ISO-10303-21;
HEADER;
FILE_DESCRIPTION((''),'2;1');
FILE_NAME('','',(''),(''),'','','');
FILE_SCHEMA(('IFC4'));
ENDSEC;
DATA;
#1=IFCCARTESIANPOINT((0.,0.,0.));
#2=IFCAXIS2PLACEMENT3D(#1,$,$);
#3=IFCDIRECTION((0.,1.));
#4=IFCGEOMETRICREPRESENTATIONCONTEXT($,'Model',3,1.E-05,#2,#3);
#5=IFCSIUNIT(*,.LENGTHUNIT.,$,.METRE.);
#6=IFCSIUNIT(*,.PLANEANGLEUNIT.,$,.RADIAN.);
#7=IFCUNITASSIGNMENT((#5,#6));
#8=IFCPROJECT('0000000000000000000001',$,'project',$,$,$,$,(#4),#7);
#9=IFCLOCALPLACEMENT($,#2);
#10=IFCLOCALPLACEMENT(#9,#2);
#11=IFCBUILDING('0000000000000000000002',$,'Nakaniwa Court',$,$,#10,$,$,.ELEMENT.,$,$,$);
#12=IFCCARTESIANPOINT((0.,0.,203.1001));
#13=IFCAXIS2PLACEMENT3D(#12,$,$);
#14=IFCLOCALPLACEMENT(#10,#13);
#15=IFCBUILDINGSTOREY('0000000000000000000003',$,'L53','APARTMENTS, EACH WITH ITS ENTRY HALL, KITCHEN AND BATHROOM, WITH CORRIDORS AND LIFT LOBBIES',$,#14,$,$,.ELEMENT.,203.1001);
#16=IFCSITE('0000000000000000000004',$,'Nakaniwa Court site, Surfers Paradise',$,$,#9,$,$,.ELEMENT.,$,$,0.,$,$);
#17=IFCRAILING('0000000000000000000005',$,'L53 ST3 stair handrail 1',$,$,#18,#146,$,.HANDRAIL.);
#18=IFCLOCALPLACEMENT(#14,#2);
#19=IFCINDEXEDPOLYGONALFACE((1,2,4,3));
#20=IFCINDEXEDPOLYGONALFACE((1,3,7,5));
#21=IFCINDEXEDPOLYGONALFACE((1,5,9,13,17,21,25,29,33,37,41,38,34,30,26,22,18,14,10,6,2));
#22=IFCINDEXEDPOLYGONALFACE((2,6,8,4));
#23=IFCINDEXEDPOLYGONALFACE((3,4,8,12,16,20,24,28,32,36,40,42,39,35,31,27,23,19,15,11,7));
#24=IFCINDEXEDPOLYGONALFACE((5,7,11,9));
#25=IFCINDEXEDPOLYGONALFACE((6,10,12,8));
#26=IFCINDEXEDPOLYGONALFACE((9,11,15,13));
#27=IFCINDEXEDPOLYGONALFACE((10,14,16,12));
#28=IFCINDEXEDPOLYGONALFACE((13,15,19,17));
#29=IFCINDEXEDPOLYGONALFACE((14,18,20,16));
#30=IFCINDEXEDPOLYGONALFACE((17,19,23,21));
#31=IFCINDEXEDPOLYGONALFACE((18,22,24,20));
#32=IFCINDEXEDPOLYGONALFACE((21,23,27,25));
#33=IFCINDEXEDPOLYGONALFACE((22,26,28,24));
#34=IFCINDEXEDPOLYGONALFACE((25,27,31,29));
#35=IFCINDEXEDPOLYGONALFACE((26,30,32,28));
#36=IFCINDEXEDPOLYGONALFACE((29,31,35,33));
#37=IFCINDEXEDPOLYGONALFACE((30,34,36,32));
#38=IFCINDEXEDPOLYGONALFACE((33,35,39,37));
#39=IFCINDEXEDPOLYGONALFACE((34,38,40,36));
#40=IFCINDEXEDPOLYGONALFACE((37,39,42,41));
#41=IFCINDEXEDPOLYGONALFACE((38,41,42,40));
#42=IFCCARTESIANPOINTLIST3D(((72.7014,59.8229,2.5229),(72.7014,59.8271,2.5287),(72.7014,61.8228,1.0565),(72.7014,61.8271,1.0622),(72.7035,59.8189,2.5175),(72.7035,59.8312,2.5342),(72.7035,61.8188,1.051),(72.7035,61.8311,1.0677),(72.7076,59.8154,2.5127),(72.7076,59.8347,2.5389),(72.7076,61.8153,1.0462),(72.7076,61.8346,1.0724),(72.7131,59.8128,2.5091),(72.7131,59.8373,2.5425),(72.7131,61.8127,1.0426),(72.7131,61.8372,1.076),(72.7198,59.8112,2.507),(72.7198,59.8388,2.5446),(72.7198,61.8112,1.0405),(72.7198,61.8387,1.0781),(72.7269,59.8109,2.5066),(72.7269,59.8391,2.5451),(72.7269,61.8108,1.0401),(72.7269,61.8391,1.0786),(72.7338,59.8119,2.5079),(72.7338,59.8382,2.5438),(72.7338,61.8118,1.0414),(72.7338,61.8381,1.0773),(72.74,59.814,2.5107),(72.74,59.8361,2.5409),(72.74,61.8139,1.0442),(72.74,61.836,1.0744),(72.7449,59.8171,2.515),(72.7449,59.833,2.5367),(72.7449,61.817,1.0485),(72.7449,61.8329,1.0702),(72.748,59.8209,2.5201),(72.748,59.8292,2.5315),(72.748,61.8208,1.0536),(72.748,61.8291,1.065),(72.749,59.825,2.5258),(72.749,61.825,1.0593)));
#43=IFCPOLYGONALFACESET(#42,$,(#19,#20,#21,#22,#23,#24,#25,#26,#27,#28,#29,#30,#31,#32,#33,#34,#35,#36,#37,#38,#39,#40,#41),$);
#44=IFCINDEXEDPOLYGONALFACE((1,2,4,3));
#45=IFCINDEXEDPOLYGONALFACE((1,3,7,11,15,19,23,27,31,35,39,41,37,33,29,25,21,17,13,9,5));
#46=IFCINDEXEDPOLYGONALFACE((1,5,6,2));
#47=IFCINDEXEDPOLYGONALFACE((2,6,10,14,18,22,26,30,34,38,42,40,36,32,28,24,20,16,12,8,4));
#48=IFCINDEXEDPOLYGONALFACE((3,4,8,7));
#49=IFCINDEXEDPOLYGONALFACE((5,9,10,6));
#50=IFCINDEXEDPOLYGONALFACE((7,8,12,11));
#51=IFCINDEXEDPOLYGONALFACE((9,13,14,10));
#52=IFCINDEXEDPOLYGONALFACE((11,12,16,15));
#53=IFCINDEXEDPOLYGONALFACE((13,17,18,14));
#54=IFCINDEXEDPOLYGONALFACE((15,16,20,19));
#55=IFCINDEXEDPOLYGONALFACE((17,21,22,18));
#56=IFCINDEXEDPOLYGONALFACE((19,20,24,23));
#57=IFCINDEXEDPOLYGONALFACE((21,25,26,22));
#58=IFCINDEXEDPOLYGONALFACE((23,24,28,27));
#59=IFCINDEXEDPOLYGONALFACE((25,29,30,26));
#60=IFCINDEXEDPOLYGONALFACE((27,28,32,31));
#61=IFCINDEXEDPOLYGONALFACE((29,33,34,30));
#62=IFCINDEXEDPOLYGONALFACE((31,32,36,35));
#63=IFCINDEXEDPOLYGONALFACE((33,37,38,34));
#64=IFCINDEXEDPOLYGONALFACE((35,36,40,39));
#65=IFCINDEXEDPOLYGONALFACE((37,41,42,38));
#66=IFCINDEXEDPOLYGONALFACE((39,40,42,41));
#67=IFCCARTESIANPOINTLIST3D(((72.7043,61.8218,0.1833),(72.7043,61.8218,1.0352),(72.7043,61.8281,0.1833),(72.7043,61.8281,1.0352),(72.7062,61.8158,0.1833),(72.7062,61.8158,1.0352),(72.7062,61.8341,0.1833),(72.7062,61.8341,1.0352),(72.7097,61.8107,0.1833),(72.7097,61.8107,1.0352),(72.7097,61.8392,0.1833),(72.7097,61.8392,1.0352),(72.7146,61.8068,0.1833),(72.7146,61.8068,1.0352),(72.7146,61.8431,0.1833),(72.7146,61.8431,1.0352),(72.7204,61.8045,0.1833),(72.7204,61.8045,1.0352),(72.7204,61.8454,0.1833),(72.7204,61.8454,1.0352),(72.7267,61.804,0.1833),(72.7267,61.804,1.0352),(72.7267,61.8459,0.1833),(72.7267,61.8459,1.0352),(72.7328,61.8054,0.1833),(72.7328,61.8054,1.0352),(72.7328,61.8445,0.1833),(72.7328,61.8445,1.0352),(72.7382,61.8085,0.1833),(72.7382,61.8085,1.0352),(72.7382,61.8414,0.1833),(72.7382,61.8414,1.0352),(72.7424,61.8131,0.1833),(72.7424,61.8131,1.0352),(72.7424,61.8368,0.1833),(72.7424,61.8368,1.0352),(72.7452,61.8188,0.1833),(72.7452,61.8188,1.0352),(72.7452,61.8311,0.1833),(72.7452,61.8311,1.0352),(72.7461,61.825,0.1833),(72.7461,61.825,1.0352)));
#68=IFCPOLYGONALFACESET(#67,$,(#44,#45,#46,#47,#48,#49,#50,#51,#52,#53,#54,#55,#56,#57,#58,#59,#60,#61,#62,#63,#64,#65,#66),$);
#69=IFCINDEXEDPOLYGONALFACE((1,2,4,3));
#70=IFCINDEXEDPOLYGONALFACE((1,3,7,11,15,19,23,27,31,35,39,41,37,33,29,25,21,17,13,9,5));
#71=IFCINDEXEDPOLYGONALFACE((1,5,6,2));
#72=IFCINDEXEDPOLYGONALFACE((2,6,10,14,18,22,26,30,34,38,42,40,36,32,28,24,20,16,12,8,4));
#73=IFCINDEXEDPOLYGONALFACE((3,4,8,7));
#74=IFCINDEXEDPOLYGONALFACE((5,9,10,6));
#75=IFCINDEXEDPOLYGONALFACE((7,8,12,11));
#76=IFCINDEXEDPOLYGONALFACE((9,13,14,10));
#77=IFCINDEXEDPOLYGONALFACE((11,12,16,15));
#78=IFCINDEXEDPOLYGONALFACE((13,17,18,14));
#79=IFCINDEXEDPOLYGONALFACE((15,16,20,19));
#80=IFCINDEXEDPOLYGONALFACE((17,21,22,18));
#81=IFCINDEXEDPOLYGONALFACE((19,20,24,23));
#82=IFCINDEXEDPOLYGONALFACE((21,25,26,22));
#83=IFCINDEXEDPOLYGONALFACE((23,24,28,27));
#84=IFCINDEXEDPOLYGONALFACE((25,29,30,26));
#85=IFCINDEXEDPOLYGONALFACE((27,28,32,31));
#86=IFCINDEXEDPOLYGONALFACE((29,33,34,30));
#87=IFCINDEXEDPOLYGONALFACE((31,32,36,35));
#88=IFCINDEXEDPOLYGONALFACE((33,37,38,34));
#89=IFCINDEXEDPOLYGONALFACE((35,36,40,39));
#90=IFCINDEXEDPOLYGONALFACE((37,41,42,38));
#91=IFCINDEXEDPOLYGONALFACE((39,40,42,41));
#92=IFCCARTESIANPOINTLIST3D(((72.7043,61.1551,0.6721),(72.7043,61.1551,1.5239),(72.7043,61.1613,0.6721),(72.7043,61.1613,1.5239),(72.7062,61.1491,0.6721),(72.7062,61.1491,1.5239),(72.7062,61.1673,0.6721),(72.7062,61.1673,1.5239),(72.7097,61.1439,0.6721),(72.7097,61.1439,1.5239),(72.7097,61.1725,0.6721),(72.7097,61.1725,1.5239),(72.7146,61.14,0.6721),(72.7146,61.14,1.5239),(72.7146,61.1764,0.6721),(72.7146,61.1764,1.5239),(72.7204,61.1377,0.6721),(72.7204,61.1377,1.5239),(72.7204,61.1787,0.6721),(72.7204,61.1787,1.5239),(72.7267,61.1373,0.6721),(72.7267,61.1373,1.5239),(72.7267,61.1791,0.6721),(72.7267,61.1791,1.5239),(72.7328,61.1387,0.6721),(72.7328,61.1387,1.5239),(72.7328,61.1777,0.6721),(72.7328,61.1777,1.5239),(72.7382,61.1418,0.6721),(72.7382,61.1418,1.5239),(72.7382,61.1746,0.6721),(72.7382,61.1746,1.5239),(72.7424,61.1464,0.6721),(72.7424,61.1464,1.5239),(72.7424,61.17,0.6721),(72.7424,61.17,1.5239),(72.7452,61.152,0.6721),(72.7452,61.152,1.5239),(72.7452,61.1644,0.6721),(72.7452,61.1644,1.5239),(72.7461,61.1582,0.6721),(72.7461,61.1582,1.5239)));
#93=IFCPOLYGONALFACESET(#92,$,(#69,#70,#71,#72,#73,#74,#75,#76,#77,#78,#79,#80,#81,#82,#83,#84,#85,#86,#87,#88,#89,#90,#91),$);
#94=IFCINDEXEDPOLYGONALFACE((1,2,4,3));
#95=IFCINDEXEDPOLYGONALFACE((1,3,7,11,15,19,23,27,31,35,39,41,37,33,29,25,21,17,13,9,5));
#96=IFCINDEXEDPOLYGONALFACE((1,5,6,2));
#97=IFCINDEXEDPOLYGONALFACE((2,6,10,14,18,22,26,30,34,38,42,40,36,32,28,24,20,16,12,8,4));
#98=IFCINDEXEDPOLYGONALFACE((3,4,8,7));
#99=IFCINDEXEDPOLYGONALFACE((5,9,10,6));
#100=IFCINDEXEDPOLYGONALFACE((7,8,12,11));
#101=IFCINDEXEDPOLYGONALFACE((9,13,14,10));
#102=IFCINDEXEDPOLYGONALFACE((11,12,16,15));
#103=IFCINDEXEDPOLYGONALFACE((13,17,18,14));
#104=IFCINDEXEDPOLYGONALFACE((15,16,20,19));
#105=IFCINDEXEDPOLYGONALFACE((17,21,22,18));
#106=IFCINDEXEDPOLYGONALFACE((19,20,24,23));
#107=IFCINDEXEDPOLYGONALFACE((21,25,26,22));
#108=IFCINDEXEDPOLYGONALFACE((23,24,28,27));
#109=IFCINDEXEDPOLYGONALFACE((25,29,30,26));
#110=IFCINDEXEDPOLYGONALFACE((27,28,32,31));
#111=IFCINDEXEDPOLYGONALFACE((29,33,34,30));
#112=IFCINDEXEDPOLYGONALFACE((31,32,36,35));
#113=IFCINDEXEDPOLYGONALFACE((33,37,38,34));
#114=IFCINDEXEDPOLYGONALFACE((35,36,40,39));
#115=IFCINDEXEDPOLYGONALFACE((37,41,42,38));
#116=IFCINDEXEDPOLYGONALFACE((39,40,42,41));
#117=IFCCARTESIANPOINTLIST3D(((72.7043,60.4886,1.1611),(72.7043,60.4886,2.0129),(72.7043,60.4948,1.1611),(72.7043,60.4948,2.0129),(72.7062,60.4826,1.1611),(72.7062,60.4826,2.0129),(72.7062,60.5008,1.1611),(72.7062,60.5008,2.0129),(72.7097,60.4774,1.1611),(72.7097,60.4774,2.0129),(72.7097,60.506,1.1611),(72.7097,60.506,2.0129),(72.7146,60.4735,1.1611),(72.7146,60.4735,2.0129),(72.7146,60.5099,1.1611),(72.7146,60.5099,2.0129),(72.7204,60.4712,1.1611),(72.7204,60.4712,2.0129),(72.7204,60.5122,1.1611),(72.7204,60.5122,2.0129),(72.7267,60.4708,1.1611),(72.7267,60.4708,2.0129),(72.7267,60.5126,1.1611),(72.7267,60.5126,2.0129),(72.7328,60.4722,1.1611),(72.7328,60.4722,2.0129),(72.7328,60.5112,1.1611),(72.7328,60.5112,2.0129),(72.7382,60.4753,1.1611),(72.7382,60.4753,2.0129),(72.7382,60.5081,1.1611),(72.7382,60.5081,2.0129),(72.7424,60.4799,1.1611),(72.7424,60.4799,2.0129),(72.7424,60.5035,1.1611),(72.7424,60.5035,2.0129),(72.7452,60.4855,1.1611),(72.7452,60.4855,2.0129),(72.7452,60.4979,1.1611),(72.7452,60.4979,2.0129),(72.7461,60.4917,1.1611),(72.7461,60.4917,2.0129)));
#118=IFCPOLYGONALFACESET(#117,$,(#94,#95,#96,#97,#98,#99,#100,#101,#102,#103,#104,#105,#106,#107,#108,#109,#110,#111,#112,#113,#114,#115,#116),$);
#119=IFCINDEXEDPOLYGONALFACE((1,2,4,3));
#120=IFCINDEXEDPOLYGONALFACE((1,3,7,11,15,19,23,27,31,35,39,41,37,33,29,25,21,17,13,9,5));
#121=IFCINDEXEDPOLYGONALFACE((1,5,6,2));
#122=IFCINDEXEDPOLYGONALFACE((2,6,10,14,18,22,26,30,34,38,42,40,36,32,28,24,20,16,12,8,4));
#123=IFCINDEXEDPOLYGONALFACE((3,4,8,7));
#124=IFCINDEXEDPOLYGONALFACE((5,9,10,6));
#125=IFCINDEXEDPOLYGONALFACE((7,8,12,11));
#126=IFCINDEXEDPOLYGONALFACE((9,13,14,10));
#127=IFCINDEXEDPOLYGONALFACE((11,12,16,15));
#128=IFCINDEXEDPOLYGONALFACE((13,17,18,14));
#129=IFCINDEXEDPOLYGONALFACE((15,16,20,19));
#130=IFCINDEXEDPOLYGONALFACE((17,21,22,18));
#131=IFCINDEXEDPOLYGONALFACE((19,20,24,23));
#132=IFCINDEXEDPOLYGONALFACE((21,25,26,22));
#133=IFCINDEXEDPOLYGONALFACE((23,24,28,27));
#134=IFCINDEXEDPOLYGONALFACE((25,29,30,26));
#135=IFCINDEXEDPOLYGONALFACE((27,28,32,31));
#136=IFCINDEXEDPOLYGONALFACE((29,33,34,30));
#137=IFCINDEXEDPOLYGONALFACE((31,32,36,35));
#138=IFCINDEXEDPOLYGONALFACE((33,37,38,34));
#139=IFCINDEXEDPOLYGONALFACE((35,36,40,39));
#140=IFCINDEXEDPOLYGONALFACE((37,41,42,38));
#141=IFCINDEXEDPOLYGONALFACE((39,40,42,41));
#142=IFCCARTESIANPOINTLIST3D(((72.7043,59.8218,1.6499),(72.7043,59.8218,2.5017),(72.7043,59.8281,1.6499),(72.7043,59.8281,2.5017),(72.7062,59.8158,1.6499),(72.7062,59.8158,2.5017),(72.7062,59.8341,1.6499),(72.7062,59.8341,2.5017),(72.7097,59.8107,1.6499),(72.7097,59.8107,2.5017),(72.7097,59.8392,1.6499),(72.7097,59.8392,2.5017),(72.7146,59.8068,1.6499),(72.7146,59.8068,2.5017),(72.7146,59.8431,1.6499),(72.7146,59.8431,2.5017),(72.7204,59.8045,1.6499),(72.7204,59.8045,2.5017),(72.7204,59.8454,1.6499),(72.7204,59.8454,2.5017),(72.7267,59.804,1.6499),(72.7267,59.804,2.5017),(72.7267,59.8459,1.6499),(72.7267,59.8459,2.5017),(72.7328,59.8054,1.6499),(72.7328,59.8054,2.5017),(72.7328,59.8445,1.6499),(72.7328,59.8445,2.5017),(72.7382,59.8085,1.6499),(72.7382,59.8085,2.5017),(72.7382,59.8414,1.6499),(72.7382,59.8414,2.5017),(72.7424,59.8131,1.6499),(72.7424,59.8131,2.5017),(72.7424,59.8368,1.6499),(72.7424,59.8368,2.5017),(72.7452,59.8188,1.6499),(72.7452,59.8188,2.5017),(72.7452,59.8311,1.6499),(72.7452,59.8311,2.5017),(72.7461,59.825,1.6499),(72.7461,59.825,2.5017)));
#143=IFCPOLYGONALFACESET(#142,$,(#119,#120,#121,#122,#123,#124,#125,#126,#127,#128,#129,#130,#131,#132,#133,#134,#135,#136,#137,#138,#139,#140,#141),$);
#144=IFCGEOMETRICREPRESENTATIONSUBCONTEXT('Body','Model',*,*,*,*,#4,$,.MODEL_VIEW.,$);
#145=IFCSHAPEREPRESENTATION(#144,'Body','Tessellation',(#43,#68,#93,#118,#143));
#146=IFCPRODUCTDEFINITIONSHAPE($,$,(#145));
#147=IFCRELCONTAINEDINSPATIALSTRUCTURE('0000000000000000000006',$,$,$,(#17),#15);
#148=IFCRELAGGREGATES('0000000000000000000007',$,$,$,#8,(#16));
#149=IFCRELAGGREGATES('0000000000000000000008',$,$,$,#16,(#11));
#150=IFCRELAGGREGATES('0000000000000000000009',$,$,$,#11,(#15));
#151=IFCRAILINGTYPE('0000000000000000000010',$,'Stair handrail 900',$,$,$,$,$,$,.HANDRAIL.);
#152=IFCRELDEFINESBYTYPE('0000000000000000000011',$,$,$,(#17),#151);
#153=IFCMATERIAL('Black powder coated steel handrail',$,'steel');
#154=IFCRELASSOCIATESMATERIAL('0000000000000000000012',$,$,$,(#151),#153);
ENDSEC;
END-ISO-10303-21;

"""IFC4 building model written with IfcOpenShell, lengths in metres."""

from ifc_helpers import new_model, si_unit, direction, frame, origin, origin_2d, place, context, subcontext, project, spatial, circle, extrude, material, type_object, element, save


model = new_model("IFC4")

# Units and contexts
model_context = context("Model", 3, precision=1e-05, world=origin(), true_north=direction((0.0, 1.0)))
body_context = subcontext(model_context, "Body", "Model", "MODEL_VIEW")
ifc_project = project(units=[si_unit("LENGTHUNIT", "METRE"), si_unit("PLANEANGLEUNIT", "RADIAN")], contexts=[model_context])

# Site, building, storey
site_placement = place(None, origin())
site = spatial("IfcSite", under=ifc_project, at=site_placement, Name="Nakaniwa Court site, Surfers Paradise", CompositionType="ELEMENT", RefElevation=0.0)
building_placement = place(site_placement, origin())
building = spatial("IfcBuilding", under=site, at=building_placement, Name="Nakaniwa Court", CompositionType="ELEMENT")
storey_placement = place(building_placement, frame((0.0, 0.0, 203.1001)))
storey = spatial("IfcBuildingStorey", under=building, at=storey_placement, Name="L53", Description="APARTMENTS, EACH WITH ITS ENTRY HALL, KITCHEN AND BATHROOM, WITH CORRIDORS AND LIFT LOBBIES", CompositionType="ELEMENT", Elevation=203.1001)

# Railing
ifc_material_1 = material(Name="Black powder coated steel handrail", Category="steel")
railing_type_1 = type_object("IfcRailingType", Name="Stair handrail 900", PredefinedType="HANDRAIL", material=ifc_material_1)
railing_1_placement = place(storey_placement, frame((72.7251, 61.825, 0.1833)))
element("IfcRailing", 1, at=railing_1_placement, inside=storey, type_object=railing_type_1, Name="L53 ST3 stair handrail 1", PredefinedType="HANDRAIL", context=body_context, shape_type="SweptSolid", body=[
    extrude(circle(Radius=0.0239, at=origin_2d()), frame((0.0, 0.0, 0.876), z_axis=(0.0, -0.806427, 0.591334), x_axis=(1.0, 0.0, 0.0)), (0.0, 0.0, 1.0), 2.48),
    extrude(circle(Radius=0.021, at=origin_2d()), origin(), (0.0, 0.0, 1.0), 0.8518),
    extrude(circle(Radius=0.021, at=origin_2d()), frame((0.0, -0.6667, 0.4888)), (0.0, 0.0, 1.0), 0.8518),
    extrude(circle(Radius=0.021, at=origin_2d()), frame((0.0, -1.3333, 0.9778)), (0.0, 0.0, 1.0), 0.8518),
    extrude(circle(Radius=0.021, at=origin_2d()), frame((0.0, -2.0, 1.4666)), (0.0, 0.0, 1.0), 0.8518),
])

save(model, "model.ifc")
